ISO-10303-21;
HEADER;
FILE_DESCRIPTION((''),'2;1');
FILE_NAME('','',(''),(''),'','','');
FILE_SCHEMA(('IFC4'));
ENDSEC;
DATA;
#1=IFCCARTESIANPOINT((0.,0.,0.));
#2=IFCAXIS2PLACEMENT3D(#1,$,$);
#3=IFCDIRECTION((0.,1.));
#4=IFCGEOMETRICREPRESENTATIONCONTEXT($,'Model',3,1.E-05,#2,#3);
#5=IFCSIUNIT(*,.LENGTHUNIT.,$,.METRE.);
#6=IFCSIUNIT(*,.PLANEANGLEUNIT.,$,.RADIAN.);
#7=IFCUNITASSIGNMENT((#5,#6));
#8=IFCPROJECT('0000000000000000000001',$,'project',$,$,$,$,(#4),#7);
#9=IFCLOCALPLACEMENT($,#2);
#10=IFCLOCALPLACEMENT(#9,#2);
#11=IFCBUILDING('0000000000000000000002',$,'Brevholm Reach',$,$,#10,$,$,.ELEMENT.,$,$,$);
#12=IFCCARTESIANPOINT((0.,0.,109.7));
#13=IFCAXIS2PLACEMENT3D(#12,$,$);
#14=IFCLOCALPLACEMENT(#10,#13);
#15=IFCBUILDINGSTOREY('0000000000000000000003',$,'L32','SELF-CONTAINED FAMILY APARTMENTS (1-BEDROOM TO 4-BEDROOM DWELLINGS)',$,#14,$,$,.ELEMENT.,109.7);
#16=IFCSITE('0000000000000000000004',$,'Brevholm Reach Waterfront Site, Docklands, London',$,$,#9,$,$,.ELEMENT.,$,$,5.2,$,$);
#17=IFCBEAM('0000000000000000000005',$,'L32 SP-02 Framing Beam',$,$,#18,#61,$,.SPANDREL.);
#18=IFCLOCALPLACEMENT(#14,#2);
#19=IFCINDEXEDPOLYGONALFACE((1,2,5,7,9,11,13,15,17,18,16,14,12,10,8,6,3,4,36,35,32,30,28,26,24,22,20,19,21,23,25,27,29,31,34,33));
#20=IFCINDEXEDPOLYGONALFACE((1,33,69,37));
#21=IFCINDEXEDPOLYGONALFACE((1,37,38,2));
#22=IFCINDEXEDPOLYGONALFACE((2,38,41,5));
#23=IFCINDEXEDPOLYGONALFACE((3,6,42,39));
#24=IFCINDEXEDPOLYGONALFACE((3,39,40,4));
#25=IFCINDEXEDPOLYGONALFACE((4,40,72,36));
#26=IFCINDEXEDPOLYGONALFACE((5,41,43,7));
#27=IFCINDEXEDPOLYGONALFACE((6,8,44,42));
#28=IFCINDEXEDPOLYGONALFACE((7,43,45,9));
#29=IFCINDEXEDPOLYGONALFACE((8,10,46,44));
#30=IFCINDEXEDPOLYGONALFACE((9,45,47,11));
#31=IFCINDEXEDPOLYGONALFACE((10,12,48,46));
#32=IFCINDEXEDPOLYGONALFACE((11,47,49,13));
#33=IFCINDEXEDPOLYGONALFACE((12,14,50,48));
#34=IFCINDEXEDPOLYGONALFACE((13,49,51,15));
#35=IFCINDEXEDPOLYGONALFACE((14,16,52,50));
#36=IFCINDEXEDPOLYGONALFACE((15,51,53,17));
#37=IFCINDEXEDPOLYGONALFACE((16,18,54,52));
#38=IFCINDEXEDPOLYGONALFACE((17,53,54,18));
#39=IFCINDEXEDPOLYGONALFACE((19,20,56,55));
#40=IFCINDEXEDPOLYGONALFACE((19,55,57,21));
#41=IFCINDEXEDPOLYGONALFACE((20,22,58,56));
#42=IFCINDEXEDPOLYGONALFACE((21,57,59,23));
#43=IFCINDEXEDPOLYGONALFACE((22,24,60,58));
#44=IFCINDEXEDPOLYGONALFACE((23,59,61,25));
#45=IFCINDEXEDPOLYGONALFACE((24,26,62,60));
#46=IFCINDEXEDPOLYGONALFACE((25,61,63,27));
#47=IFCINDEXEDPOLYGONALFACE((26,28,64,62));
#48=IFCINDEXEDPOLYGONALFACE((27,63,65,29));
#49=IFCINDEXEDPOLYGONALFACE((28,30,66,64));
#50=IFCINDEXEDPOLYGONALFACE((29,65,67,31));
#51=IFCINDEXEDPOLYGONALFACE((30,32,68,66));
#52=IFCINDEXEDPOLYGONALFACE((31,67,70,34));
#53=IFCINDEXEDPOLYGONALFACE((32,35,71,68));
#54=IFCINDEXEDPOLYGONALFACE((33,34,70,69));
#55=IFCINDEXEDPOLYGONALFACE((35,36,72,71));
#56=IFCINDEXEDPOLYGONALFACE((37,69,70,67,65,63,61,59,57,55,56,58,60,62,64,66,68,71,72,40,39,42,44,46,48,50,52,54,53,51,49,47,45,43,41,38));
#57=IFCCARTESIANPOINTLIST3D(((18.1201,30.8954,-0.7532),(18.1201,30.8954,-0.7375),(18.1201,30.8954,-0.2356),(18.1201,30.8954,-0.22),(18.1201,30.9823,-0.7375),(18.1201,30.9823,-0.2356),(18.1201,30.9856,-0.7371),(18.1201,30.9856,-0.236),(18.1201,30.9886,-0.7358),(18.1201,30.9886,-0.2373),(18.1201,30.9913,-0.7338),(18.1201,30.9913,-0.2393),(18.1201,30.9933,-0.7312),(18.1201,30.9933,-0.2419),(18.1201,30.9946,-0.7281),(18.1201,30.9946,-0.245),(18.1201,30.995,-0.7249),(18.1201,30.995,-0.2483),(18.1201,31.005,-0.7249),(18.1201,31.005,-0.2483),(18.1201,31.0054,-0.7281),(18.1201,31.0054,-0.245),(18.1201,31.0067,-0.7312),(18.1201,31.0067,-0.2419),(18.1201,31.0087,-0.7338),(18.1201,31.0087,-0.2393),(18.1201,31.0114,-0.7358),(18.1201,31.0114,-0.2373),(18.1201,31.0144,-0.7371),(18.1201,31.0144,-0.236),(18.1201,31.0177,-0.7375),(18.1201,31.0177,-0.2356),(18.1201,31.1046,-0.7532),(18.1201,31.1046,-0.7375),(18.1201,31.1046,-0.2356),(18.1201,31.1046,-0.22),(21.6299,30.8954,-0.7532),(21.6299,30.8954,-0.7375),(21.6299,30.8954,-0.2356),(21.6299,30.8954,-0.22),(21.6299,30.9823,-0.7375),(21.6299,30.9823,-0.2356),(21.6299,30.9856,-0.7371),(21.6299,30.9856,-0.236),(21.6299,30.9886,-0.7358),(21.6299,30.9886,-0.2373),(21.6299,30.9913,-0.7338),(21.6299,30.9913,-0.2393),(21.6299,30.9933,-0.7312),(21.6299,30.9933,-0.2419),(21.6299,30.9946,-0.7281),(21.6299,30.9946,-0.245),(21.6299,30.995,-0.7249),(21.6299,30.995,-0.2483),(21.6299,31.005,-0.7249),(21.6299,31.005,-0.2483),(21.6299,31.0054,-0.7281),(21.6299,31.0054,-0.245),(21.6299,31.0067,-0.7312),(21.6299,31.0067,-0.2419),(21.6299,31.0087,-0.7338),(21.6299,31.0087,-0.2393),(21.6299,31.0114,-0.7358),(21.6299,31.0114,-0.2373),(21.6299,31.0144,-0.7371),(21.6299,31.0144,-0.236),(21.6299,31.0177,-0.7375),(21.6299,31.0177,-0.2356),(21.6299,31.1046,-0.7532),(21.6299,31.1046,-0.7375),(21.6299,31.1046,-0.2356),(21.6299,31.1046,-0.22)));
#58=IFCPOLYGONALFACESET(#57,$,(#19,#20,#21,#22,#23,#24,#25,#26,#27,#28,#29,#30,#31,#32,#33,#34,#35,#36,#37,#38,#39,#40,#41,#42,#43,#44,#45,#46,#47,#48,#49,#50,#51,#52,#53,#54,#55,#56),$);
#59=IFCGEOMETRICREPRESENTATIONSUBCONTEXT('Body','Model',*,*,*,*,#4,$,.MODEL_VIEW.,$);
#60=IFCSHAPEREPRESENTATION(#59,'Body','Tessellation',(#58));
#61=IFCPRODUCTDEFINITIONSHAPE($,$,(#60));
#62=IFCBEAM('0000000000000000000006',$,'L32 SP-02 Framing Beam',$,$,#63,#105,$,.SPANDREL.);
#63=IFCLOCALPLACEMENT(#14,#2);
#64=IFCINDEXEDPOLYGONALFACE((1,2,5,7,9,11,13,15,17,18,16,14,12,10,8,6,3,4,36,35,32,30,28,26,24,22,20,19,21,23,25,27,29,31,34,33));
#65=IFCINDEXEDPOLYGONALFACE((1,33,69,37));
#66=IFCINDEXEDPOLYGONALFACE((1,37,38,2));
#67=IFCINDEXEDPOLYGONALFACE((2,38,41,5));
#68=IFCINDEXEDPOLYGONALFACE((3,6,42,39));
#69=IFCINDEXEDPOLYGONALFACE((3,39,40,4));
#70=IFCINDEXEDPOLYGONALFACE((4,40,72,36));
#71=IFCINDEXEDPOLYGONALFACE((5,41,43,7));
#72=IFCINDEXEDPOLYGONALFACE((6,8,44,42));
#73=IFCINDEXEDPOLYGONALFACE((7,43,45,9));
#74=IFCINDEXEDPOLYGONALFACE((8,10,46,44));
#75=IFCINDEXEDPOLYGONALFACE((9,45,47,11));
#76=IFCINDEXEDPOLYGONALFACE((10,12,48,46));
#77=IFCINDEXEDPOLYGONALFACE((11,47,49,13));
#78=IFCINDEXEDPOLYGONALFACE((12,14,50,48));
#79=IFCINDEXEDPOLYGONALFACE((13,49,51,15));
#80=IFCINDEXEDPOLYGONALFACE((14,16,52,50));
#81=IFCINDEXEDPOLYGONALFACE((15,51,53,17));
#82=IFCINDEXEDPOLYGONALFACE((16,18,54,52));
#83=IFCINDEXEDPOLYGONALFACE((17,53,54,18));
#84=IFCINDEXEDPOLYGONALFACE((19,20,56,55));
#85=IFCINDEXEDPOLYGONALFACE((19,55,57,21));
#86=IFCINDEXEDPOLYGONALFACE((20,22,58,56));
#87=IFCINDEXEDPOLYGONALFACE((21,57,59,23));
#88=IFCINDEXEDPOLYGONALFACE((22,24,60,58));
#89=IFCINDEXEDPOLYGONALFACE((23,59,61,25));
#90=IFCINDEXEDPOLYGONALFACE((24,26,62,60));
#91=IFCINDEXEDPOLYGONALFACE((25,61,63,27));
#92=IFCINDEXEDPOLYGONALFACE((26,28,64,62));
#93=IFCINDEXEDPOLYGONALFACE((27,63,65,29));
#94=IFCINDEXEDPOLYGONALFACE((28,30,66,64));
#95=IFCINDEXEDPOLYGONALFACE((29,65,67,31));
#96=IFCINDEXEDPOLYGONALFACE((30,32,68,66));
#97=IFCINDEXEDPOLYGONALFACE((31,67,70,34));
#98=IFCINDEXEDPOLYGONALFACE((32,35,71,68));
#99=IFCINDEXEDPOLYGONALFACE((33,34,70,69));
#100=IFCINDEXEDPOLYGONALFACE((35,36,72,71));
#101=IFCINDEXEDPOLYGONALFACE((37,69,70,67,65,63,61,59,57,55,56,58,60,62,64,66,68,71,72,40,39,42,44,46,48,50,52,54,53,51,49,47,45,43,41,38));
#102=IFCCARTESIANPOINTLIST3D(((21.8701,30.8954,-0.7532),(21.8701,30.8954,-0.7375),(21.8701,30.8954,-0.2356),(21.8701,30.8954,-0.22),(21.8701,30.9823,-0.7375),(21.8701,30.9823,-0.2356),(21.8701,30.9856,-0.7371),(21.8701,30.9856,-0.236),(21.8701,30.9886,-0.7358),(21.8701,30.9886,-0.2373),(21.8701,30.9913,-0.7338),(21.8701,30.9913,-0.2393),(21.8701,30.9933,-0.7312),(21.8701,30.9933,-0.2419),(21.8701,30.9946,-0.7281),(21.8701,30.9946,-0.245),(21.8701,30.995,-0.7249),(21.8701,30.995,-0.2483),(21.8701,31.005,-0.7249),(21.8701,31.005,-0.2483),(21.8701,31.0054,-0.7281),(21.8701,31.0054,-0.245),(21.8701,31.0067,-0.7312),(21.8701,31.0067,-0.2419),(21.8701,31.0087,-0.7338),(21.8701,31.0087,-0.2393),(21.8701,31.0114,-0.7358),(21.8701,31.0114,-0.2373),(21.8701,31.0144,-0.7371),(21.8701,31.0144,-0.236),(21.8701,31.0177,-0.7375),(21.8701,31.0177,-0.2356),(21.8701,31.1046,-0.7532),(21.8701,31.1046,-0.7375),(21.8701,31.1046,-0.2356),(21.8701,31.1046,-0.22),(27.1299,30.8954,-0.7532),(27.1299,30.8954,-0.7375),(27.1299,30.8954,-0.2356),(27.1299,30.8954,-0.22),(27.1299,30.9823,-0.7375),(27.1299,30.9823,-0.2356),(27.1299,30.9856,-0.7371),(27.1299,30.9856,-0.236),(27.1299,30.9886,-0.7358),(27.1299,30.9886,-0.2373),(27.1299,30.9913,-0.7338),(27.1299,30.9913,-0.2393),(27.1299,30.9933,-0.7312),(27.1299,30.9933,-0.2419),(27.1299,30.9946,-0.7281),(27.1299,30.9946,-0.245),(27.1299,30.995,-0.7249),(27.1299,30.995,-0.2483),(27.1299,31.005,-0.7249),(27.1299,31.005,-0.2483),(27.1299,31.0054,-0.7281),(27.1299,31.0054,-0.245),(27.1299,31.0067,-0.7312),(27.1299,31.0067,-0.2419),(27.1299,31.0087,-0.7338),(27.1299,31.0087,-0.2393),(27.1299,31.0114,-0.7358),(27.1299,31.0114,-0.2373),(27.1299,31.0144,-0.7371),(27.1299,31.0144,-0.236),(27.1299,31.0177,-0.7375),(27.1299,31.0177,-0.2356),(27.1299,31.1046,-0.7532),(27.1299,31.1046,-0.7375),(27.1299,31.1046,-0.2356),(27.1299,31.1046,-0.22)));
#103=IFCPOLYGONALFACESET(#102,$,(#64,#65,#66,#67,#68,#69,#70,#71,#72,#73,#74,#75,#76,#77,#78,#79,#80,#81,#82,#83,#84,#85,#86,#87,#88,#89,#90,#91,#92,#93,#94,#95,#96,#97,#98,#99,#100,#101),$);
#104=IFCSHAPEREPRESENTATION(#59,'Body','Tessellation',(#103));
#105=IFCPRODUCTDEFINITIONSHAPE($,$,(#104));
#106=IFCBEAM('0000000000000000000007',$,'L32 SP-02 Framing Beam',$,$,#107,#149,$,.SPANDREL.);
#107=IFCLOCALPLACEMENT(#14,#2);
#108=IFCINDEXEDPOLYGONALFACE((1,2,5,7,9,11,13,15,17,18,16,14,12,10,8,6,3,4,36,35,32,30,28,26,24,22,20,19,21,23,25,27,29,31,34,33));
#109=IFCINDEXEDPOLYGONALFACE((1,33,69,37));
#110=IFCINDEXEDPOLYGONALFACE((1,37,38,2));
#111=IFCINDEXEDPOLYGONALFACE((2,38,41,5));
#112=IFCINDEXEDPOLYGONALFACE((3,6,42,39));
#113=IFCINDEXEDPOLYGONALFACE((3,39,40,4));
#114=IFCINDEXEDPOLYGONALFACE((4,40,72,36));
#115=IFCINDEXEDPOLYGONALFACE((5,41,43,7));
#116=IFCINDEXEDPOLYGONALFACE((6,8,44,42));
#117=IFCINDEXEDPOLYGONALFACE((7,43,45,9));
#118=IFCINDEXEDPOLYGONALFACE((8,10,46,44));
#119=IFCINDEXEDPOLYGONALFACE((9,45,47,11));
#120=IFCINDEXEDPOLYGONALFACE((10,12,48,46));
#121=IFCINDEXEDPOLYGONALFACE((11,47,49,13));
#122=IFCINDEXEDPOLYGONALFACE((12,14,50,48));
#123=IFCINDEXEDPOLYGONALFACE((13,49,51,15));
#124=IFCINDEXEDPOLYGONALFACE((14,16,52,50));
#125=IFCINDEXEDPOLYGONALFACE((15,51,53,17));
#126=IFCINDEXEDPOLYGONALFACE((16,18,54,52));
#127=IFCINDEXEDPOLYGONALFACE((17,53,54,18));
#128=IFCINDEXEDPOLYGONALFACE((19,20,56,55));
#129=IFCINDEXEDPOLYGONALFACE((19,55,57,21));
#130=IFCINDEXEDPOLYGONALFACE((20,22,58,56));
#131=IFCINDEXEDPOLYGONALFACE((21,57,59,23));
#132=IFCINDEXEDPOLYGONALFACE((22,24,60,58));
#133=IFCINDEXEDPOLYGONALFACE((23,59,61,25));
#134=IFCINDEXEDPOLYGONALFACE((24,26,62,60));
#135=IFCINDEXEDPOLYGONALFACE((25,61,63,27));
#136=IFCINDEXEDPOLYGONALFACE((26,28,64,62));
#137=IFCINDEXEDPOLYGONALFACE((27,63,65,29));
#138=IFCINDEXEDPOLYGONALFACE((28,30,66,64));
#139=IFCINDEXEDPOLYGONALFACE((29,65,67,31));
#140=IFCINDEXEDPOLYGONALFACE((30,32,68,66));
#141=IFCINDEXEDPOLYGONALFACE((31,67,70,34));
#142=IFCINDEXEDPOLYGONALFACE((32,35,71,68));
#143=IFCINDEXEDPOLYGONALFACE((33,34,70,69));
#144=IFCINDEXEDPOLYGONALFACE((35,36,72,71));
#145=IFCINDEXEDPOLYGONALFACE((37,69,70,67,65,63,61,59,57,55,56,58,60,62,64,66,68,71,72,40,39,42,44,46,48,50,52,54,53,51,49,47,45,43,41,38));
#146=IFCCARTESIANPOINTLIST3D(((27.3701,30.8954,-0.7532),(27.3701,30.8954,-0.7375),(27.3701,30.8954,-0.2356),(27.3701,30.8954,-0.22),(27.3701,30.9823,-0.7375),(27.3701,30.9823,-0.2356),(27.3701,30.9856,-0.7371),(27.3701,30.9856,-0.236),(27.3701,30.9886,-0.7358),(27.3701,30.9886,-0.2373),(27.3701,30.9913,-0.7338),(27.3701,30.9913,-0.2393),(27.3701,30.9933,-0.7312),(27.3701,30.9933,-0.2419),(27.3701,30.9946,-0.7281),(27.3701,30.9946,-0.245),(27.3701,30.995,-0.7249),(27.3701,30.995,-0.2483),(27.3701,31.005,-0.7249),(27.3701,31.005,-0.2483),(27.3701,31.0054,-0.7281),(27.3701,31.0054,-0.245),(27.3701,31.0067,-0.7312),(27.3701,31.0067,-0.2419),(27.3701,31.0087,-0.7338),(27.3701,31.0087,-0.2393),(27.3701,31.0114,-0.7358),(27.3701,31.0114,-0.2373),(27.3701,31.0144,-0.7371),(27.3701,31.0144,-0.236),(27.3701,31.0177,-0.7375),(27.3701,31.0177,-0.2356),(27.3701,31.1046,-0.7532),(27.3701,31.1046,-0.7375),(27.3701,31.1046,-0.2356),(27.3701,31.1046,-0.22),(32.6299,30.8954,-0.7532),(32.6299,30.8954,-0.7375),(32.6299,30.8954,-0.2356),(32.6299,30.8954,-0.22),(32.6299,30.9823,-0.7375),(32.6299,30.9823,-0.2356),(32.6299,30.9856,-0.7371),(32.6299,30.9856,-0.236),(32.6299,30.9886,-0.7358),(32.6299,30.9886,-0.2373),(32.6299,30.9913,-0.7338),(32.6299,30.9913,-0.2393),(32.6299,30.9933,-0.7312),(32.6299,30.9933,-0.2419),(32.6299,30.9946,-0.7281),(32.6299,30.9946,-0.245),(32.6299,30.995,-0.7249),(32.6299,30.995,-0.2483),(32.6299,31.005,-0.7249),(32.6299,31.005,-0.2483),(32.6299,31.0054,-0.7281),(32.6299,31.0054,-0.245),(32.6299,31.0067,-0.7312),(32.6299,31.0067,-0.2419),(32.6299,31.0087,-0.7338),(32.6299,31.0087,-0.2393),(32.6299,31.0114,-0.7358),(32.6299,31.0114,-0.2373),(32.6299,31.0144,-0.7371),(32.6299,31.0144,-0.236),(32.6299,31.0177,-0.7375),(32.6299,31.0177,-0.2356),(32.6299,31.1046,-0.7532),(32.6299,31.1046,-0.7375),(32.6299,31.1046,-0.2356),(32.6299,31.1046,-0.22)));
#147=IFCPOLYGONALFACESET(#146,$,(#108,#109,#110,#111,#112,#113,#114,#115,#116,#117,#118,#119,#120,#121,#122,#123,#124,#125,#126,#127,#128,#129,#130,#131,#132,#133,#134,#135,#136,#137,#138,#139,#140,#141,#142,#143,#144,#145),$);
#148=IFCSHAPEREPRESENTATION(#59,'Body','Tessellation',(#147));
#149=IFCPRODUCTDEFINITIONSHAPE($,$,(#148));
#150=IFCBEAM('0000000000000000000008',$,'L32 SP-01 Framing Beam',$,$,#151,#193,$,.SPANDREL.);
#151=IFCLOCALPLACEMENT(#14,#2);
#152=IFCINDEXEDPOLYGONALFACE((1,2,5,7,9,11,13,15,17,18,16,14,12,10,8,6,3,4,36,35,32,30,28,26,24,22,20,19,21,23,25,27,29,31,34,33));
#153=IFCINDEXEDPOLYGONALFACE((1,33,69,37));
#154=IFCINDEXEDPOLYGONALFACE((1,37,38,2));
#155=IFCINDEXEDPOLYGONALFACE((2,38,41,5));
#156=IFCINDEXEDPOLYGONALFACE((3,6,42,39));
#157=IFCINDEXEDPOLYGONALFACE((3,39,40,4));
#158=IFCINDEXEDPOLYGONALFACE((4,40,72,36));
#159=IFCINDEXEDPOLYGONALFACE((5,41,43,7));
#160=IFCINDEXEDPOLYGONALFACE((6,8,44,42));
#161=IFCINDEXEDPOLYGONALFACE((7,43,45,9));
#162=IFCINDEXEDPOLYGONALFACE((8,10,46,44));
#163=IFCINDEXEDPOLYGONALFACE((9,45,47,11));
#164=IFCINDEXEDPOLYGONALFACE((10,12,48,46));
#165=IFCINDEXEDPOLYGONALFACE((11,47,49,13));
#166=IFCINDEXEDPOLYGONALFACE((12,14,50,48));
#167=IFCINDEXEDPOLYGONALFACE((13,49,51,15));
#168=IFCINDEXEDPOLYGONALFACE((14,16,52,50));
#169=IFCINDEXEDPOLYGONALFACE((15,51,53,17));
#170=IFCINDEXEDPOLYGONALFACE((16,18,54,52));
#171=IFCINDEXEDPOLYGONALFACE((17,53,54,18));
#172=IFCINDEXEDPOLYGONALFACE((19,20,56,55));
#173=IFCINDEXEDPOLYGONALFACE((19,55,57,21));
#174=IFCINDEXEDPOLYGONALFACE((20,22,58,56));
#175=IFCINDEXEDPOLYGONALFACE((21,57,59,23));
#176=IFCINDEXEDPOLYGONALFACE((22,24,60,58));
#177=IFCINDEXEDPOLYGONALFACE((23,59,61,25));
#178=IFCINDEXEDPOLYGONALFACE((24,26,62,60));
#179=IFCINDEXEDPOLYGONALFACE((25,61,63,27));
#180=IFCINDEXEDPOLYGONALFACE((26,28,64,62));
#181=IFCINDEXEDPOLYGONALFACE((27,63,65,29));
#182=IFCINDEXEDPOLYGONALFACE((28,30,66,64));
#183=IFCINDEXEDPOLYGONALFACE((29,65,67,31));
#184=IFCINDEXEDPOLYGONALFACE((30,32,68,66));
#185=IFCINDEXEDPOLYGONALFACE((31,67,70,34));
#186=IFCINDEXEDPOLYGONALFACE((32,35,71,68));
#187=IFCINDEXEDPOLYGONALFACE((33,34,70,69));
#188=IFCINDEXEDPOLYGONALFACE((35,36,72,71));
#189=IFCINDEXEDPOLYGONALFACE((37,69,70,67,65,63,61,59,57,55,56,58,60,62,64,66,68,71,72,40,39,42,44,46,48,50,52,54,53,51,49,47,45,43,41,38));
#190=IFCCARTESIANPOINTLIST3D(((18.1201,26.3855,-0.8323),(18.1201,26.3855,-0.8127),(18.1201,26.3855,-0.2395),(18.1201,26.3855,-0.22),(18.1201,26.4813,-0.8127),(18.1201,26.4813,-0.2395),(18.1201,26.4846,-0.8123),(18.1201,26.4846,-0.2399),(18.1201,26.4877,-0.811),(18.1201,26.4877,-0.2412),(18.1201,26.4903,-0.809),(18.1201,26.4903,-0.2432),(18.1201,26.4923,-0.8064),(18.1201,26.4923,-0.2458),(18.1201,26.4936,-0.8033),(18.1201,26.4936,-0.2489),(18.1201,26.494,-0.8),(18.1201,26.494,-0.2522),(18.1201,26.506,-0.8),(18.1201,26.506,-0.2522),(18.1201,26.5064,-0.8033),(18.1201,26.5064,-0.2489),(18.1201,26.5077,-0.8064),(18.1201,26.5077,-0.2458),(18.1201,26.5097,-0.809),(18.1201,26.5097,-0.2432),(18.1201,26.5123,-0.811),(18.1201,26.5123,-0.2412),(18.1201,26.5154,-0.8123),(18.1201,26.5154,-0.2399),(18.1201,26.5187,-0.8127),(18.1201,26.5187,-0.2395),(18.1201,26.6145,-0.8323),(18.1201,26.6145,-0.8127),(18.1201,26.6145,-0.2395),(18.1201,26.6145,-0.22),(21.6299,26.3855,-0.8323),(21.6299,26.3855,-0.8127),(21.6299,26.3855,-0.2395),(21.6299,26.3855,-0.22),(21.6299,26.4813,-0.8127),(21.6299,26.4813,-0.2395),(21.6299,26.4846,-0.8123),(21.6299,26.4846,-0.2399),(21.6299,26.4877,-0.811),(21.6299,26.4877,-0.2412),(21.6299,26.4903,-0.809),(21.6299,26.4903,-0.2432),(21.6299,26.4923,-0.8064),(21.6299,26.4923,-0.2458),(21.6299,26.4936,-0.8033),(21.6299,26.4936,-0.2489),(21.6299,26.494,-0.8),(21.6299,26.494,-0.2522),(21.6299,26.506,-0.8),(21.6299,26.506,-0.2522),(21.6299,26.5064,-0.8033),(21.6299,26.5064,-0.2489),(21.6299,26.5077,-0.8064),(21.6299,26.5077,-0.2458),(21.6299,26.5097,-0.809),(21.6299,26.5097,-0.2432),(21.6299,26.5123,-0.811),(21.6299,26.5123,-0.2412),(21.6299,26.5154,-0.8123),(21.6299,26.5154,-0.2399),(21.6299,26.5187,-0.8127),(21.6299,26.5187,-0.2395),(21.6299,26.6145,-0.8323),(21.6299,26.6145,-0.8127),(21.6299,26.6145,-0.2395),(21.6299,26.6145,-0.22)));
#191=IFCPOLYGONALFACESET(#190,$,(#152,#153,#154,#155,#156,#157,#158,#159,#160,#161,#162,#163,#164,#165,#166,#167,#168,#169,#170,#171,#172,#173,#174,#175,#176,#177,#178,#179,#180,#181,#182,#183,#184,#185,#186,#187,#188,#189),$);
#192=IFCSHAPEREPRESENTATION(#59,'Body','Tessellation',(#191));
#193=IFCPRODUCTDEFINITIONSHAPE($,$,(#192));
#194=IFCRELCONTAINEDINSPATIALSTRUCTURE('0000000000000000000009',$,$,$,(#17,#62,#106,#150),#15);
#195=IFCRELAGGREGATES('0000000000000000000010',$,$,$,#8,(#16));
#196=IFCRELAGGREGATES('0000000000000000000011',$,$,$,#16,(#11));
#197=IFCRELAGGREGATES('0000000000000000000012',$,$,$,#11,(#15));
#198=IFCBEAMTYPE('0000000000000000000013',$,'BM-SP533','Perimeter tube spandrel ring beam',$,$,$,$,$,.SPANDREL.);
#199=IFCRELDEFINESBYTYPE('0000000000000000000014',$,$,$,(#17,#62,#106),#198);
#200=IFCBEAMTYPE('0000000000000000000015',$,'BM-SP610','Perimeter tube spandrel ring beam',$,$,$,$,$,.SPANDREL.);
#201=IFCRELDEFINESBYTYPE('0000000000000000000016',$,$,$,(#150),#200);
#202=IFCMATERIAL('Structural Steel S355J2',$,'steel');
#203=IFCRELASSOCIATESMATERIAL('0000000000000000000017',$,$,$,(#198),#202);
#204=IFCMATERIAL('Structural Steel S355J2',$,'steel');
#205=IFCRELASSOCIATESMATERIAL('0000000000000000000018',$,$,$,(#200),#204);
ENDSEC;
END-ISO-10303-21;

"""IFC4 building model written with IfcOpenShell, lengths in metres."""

from ifc_helpers import new_model, si_unit, direction, frame, origin, origin_2d, place, context, subcontext, project, spatial, i_section, extrude, material, material_profile, profile_set, type_object, element, save


model = new_model("IFC4")

# Units and contexts
model_context = context("Model", 3, precision=1e-05, world=origin(), true_north=direction((0.0, 1.0)))
body_context = subcontext(model_context, "Body", "Model", "MODEL_VIEW")
ifc_project = project(units=[si_unit("LENGTHUNIT", "METRE"), si_unit("PLANEANGLEUNIT", "RADIAN")], contexts=[model_context])

# Site, building, storey
site_placement = place(None, origin())
site = spatial("IfcSite", under=ifc_project, at=site_placement, Name="Brevholm Reach Waterfront Site, Docklands, London", CompositionType="ELEMENT", RefElevation=5.2)
building_placement = place(site_placement, origin())
building = spatial("IfcBuilding", under=site, at=building_placement, Name="Brevholm Reach", CompositionType="ELEMENT")
storey_placement = place(building_placement, frame((0.0, 0.0, 109.7)))
storey = spatial("IfcBuildingStorey", under=building, at=storey_placement, Name="L32", Description="SELF-CONTAINED FAMILY APARTMENTS (1-BEDROOM TO 4-BEDROOM DWELLINGS)", CompositionType="ELEMENT", Elevation=109.7)

# Beams
ifc_material_1 = material(Name="Structural Steel S355J2", Category="steel")
ifc_material_profile_1 = material_profile(ifc_material_1, i_section(OverallWidth=0.2092, OverallDepth=0.5332, WebThickness=0.01, FlangeThickness=0.0156, FilletRadius=0.0127, at=origin_2d()), Name="UKB 533x210x92")
ifc_profile_set_1 = profile_set([ifc_material_profile_1], Name="Structural Steel S355J2")
beam_type_1 = type_object("IfcBeamType", Name="BM-SP533", Description="Perimeter tube spandrel ring beam", PredefinedType="SPANDREL", material=ifc_profile_set_1)
beam_1_placement = place(storey_placement, frame((18.1201, 31.0, -0.4866), z_axis=(1.0, 0.0, 0.0), x_axis=(0.0, 1.0, 0.0)))
element("IfcBeam", 1, at=beam_1_placement, inside=storey, type_object=beam_type_1, Name="L32 SP-02 Framing Beam", PredefinedType="SPANDREL", context=body_context, shape_type="SweptSolid", body=[
    extrude(i_section(OverallWidth=0.2092, OverallDepth=0.5332, WebThickness=0.01, FlangeThickness=0.0156, FilletRadius=0.0127, at=origin_2d()), origin(), (0.0, 0.0, 1.0), 3.5098),
])
for number, where, z_axis, x_axis, name in (
    (2, (21.8701, 31.0, -0.4866), (1.0, 0.0, 0.0), (0.0, 1.0, 0.0), "L32 SP-02 Framing Beam"),
    (3, (27.3701, 31.0, -0.4866), (1.0, 0.0, 0.0), (0.0, 1.0, 0.0), "L32 SP-02 Framing Beam"),
):
    element("IfcBeam", number, at=place(storey_placement, frame(where, z_axis=z_axis, x_axis=x_axis)), inside=storey, type_object=beam_type_1, Name=name, PredefinedType="SPANDREL", context=body_context, shape_type="SweptSolid", body=[
        extrude(i_section(OverallWidth=0.2092, OverallDepth=0.5332, WebThickness=0.01, FlangeThickness=0.0156, FilletRadius=0.0127, at=origin_2d()), origin(), (0.0, 0.0, 1.0), 5.2598),
    ])
ifc_material_2 = material(Name="Structural Steel S355J2", Category="steel")
ifc_material_profile_2 = material_profile(ifc_material_2, i_section(OverallWidth=0.229, OverallDepth=0.6123, WebThickness=0.012, FlangeThickness=0.0195, FilletRadius=0.0127, at=origin_2d()), Name="UKB 610x229x125")
ifc_profile_set_2 = profile_set([ifc_material_profile_2], Name="Structural Steel S355J2")
beam_type_2 = type_object("IfcBeamType", Name="BM-SP610", Description="Perimeter tube spandrel ring beam", PredefinedType="SPANDREL", material=ifc_profile_set_2)
beam_2_placement = place(storey_placement, frame((18.1201, 26.5, -0.5261), z_axis=(1.0, 0.0, 0.0), x_axis=(0.0, 1.0, 0.0)))
element("IfcBeam", 4, at=beam_2_placement, inside=storey, type_object=beam_type_2, Name="L32 SP-01 Framing Beam", PredefinedType="SPANDREL", context=body_context, shape_type="SweptSolid", body=[
    extrude(i_section(OverallWidth=0.229, OverallDepth=0.6123, WebThickness=0.012, FlangeThickness=0.0195, FilletRadius=0.0127, at=origin_2d()), origin(), (0.0, 0.0, 1.0), 3.5098),
])

save(model, "model.ifc")
